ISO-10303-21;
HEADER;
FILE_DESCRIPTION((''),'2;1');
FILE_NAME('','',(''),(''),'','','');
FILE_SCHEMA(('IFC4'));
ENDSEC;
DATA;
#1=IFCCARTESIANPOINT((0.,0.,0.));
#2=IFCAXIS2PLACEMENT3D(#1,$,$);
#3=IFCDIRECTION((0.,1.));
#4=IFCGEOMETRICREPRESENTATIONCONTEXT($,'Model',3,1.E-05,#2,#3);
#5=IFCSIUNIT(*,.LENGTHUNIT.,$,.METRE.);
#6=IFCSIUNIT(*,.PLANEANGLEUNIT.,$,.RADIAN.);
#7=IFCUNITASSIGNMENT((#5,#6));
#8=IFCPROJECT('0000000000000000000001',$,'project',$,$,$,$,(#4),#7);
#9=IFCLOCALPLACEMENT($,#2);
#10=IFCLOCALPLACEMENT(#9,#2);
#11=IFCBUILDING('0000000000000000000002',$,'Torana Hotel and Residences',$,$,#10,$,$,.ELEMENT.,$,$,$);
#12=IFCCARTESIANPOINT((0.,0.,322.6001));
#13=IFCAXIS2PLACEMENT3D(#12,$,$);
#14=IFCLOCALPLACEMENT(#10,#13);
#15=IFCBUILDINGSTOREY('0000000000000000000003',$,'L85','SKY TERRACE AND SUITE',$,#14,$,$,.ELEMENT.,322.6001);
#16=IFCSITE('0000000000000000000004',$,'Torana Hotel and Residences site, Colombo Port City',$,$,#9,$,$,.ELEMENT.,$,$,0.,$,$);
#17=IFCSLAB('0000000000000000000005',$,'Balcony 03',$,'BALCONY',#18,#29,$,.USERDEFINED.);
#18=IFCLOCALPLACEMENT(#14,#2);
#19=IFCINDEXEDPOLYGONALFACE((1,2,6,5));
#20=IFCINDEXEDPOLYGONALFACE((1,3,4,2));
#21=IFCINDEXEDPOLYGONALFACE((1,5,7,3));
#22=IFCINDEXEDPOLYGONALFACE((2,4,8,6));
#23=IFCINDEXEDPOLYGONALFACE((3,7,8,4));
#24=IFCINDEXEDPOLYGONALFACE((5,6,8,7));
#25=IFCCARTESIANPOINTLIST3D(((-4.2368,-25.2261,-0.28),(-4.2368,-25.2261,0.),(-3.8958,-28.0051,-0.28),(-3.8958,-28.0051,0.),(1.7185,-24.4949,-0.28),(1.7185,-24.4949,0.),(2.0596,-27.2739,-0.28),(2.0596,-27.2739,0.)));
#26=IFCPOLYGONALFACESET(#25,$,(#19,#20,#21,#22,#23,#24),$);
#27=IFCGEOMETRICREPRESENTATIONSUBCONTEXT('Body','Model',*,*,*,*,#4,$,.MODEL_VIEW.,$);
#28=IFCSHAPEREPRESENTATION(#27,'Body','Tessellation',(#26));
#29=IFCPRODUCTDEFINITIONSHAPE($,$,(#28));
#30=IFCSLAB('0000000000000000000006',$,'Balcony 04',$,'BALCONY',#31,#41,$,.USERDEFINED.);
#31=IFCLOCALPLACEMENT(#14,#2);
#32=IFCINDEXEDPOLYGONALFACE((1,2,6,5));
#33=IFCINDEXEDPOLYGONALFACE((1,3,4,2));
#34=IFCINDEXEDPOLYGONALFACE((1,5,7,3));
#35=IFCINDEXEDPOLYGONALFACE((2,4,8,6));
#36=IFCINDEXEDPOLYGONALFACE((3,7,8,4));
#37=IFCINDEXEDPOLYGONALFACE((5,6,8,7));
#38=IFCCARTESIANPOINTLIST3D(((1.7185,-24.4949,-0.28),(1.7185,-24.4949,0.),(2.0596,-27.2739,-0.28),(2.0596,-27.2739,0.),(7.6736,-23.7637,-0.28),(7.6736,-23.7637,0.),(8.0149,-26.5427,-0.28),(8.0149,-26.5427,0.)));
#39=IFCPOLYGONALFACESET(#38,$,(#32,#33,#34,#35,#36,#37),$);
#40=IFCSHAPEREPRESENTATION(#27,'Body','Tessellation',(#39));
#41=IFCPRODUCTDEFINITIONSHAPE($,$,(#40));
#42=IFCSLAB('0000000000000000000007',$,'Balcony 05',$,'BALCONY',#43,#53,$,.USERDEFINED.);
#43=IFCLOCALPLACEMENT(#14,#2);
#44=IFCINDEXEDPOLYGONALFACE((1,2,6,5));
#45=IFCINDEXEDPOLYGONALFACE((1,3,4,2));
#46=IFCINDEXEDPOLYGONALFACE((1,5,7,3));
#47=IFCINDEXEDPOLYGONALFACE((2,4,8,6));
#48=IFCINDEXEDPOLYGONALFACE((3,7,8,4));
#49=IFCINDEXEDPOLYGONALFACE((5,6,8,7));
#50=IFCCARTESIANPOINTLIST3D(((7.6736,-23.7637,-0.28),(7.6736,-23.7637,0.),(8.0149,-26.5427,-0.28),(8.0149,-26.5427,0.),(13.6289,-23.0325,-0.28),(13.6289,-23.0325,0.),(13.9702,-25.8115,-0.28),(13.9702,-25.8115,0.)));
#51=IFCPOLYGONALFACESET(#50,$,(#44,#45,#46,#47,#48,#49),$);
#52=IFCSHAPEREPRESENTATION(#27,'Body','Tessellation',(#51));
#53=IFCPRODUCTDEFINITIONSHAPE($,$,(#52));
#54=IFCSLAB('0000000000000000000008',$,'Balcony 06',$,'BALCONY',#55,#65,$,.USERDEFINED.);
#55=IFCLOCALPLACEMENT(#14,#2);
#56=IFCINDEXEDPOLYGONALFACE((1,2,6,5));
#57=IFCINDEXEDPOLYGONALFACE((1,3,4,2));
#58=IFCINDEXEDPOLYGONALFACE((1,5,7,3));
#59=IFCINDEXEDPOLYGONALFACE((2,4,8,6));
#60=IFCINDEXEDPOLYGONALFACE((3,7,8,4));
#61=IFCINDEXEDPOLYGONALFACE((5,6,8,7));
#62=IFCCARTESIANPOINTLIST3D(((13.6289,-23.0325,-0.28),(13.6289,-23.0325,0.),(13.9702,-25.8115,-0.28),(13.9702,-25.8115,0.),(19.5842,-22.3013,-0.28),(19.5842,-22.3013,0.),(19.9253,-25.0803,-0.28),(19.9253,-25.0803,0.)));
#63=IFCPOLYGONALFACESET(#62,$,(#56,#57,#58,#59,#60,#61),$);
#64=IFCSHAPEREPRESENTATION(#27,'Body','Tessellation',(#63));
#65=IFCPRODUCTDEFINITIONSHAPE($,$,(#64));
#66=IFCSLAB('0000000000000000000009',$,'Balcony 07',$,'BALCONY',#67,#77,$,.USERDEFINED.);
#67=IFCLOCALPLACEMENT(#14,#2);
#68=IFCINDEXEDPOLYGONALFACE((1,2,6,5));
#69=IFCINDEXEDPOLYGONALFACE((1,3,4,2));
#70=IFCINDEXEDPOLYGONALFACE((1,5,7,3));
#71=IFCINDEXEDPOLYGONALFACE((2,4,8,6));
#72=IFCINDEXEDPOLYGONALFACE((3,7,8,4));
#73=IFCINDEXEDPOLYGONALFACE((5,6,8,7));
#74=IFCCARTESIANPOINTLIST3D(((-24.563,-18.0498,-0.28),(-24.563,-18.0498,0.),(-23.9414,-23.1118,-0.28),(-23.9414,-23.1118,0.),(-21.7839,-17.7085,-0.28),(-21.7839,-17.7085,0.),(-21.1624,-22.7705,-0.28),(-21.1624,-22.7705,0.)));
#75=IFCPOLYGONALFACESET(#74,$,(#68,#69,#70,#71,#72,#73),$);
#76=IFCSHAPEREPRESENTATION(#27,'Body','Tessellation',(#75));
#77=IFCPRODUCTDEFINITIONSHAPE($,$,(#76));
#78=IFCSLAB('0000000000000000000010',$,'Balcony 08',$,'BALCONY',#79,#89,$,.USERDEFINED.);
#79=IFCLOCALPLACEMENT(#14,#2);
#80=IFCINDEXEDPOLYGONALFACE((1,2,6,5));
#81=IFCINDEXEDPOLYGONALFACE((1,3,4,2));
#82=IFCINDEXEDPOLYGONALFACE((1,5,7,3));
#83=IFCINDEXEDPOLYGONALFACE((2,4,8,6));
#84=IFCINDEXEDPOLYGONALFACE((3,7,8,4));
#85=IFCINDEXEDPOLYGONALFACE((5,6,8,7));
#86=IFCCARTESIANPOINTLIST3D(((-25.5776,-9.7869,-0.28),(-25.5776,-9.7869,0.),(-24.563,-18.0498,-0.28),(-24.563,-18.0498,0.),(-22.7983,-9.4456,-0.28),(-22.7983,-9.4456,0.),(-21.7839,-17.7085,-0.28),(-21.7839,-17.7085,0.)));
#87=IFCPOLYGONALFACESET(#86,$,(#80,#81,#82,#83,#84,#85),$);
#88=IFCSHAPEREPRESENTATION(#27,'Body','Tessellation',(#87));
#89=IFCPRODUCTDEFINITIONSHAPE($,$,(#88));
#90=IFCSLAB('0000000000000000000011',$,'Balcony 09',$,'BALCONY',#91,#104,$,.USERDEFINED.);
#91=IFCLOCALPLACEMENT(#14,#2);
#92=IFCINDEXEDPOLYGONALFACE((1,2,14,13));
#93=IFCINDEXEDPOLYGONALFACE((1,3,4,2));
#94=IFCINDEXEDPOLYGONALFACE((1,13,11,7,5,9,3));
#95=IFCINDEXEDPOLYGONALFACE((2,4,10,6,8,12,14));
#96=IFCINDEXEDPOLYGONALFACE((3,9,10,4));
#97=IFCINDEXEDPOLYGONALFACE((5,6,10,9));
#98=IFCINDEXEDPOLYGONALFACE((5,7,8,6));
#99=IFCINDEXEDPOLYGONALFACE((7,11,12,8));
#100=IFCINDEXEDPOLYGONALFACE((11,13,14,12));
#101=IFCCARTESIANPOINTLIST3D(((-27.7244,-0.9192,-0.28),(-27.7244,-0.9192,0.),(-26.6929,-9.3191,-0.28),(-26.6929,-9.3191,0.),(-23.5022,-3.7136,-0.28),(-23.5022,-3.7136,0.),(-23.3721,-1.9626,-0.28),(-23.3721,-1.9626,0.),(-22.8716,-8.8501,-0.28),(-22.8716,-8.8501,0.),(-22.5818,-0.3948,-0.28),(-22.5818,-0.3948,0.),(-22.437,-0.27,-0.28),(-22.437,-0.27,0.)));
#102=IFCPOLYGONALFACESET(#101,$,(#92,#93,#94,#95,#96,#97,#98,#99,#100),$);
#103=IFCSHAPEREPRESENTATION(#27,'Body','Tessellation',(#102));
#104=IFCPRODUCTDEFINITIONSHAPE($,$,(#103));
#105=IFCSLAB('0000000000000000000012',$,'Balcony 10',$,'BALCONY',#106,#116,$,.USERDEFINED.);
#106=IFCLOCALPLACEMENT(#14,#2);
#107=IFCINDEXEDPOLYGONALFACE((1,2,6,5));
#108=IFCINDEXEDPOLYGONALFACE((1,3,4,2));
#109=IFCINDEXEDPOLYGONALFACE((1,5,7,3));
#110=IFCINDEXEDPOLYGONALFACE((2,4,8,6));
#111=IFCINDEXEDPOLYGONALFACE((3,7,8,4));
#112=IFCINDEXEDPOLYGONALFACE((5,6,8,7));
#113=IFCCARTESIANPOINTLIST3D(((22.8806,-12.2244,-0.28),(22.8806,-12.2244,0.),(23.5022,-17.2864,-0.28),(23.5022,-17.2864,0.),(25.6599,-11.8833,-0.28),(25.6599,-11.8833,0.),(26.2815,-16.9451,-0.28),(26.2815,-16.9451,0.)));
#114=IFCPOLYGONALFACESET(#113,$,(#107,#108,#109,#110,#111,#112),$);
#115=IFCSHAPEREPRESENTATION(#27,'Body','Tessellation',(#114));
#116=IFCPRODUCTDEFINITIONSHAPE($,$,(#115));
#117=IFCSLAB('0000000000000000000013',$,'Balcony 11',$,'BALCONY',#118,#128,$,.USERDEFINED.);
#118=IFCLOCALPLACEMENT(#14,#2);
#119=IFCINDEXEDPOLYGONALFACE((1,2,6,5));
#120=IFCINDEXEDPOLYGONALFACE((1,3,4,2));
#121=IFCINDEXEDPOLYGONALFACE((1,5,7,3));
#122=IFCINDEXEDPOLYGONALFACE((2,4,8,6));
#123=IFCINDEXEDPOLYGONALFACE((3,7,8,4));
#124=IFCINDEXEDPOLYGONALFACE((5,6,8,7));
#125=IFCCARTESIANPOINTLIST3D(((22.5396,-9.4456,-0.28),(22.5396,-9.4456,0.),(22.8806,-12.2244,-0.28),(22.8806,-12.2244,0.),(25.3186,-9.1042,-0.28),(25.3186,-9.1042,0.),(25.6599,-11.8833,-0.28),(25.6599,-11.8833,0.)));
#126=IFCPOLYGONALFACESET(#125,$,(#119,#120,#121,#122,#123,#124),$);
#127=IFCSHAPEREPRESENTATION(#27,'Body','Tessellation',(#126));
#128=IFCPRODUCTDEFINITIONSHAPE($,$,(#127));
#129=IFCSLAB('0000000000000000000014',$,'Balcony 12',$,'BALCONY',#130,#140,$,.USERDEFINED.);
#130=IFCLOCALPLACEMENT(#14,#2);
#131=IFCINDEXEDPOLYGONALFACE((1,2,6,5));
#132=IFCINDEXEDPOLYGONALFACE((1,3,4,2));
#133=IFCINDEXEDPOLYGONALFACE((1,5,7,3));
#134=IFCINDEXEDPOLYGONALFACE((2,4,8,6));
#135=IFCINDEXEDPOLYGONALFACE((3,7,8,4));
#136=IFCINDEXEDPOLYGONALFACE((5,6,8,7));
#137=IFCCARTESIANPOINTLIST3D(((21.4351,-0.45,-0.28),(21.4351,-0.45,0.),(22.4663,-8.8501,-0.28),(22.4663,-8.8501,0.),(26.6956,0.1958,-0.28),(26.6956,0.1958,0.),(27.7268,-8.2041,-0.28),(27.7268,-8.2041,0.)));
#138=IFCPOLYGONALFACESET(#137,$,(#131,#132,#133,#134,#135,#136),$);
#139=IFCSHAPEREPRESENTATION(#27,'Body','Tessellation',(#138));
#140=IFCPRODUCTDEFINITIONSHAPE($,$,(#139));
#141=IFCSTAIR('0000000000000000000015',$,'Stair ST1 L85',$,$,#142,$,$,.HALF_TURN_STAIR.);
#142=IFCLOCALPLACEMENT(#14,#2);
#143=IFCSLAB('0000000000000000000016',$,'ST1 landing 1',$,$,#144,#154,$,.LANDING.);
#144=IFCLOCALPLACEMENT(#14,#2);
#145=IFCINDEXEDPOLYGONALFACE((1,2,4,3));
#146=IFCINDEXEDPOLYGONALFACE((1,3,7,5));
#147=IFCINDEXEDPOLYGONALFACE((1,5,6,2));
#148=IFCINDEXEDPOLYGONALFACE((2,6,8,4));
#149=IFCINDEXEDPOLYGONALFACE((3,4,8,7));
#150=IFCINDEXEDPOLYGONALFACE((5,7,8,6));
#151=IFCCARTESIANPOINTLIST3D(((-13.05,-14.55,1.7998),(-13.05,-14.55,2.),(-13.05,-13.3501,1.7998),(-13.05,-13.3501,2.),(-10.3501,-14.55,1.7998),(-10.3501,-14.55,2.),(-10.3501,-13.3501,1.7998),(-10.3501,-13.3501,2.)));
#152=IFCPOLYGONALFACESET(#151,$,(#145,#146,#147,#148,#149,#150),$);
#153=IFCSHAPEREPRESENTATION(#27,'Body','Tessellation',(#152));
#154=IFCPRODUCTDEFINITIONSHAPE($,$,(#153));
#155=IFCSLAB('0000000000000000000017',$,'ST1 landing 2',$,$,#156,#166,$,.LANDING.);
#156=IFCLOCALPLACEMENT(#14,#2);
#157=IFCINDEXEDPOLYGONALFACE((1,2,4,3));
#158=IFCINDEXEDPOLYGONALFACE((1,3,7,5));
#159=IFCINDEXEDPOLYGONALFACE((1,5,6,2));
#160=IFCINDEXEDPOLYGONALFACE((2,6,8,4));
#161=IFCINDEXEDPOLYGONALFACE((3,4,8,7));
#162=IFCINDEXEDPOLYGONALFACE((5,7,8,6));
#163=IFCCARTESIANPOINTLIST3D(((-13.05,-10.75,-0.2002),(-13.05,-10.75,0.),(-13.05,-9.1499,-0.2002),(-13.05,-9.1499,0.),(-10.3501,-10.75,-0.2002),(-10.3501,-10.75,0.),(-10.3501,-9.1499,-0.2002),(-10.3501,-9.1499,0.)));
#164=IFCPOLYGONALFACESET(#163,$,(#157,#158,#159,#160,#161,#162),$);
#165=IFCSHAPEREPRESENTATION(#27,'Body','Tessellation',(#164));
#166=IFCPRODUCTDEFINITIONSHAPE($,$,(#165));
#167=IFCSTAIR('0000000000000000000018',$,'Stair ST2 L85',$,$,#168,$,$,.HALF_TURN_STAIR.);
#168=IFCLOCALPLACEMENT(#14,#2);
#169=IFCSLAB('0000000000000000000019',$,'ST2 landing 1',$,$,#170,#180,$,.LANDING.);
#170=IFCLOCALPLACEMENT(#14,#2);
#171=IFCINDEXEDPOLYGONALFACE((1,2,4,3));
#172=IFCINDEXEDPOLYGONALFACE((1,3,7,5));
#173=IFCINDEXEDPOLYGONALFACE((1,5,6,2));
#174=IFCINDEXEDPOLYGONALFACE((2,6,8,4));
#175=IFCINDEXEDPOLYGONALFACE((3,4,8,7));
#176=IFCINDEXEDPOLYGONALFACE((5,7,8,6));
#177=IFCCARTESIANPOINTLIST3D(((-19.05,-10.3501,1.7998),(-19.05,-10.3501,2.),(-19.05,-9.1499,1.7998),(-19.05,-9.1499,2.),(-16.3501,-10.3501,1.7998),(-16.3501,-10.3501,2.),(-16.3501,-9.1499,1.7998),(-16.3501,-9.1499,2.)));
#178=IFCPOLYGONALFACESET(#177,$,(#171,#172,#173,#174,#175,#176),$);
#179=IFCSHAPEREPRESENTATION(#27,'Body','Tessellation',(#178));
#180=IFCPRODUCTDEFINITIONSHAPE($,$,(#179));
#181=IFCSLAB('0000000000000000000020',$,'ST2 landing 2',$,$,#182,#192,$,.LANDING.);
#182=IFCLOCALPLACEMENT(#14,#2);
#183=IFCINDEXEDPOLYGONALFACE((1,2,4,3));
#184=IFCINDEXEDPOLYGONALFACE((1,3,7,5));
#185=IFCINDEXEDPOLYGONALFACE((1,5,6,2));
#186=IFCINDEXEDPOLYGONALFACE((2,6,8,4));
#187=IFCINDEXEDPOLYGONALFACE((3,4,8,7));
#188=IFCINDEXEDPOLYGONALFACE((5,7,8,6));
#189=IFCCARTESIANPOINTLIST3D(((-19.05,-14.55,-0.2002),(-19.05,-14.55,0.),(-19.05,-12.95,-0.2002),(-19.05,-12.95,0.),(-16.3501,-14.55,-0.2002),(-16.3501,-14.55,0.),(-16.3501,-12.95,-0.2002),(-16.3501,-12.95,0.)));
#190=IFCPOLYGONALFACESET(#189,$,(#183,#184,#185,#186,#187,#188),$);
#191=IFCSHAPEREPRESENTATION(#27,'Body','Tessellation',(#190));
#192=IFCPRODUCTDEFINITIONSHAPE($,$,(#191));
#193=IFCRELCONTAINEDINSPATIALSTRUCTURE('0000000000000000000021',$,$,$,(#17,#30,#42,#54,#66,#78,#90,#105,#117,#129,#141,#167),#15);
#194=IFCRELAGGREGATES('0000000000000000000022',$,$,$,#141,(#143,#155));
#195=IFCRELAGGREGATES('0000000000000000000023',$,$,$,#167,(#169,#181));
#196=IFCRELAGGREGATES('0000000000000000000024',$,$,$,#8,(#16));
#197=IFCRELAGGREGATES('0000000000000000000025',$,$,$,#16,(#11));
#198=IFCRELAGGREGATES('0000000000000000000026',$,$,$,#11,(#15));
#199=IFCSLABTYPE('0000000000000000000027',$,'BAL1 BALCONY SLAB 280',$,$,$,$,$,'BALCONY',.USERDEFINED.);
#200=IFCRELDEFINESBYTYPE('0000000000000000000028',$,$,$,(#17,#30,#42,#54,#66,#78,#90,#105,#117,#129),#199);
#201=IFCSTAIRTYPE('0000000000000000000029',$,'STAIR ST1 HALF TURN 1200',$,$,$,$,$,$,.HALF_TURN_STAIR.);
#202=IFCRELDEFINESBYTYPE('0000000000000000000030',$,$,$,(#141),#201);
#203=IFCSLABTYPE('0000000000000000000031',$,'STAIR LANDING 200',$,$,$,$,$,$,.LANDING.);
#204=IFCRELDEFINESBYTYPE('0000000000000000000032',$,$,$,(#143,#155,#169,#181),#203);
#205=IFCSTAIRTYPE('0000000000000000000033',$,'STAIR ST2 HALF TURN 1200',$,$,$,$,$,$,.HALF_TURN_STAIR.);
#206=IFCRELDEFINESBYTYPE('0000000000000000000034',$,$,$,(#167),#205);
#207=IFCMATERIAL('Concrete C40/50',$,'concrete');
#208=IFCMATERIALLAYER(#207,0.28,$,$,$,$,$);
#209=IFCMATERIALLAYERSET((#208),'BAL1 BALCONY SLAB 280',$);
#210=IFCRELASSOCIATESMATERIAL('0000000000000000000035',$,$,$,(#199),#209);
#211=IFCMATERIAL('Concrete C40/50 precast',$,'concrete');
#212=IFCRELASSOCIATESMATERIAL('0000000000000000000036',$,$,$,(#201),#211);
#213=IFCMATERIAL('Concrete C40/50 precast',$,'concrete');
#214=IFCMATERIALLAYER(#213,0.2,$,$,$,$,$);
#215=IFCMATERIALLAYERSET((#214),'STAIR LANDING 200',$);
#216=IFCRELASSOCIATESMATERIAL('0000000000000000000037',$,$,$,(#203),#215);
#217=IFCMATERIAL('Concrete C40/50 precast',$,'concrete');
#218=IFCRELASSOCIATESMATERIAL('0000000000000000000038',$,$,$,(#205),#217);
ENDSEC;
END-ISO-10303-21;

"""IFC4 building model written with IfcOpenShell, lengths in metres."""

from ifc_helpers import new_model, si_unit, direction, frame, origin, place, context, subcontext, project, spatial, polyline, outline, extrude, material, layer, layer_set, type_object, element, aggregate, save


model = new_model("IFC4")

# Units and contexts
model_context = context("Model", 3, precision=1e-05, world=origin(), true_north=direction((0.0, 1.0)))
body_context = subcontext(model_context, "Body", "Model", "MODEL_VIEW")
ifc_project = project(units=[si_unit("LENGTHUNIT", "METRE"), si_unit("PLANEANGLEUNIT", "RADIAN")], contexts=[model_context])

# Site, building, storey
site_placement = place(None, origin())
site = spatial("IfcSite", under=ifc_project, at=site_placement, Name="Torana Hotel and Residences site, Colombo Port City", CompositionType="ELEMENT", RefElevation=0.0)
building_placement = place(site_placement, origin())
building = spatial("IfcBuilding", under=site, at=building_placement, Name="Torana Hotel and Residences", CompositionType="ELEMENT")
storey_placement = place(building_placement, frame((0.0, 0.0, 322.6001)))
storey = spatial("IfcBuildingStorey", under=building, at=storey_placement, Name="L85", Description="SKY TERRACE AND SUITE", CompositionType="ELEMENT", Elevation=322.6001)

# Slabs
ifc_material_1 = material(Name="Concrete C40/50", Category="concrete")
ifc_layer_1 = layer(ifc_material_1, 0.28)
ifc_layer_set_1 = layer_set([ifc_layer_1], Name="BAL1 BALCONY SLAB 280")
slab_type_1 = type_object("IfcSlabType", Name="BAL1 BALCONY SLAB 280", ElementType="BALCONY", PredefinedType="USERDEFINED", material=ifc_layer_set_1)
slab_1_placement = place(storey_placement, frame((0.0, 0.0, -0.28)))
element("IfcSlab", 1, at=slab_1_placement, inside=storey, type_object=slab_type_1, Name="Balcony 03", ObjectType="BALCONY", PredefinedType="USERDEFINED", context=body_context, shape_type="SweptSolid", body=[
    extrude(outline(polyline([(-3.8958, -28.0051), (2.0596, -27.2739), (1.7185, -24.4949), (-4.2368, -25.2261), (-3.8958, -28.0051)])), origin(), (0.0, 0.0, 1.0), 0.28),
])
slab_2_placement = place(storey_placement, frame((0.0, 0.0, -0.28)))
element("IfcSlab", 2, at=slab_2_placement, inside=storey, type_object=slab_type_1, Name="Balcony 04", ObjectType="BALCONY", PredefinedType="USERDEFINED", context=body_context, shape_type="SweptSolid", body=[
    extrude(outline(polyline([(2.0596, -27.2739), (8.0149, -26.5427), (7.6736, -23.7637), (1.7185, -24.4949), (2.0596, -27.2739)])), origin(), (0.0, 0.0, 1.0), 0.28),
])
slab_3_placement = place(storey_placement, frame((0.0, 0.0, -0.28)))
element("IfcSlab", 3, at=slab_3_placement, inside=storey, type_object=slab_type_1, Name="Balcony 05", ObjectType="BALCONY", PredefinedType="USERDEFINED", context=body_context, shape_type="SweptSolid", body=[
    extrude(outline(polyline([(8.0149, -26.5427), (13.9702, -25.8115), (13.6289, -23.0325), (7.6736, -23.7637), (8.0149, -26.5427)])), origin(), (0.0, 0.0, 1.0), 0.28),
])
slab_4_placement = place(storey_placement, frame((0.0, 0.0, -0.28)))
element("IfcSlab", 4, at=slab_4_placement, inside=storey, type_object=slab_type_1, Name="Balcony 06", ObjectType="BALCONY", PredefinedType="USERDEFINED", context=body_context, shape_type="SweptSolid", body=[
    extrude(outline(polyline([(13.9702, -25.8115), (19.9253, -25.0803), (19.5842, -22.3013), (13.6289, -23.0325), (13.9702, -25.8115)])), origin(), (0.0, 0.0, 1.0), 0.28),
])
slab_5_placement = place(storey_placement, frame((0.0, 0.0, -0.28)))
element("IfcSlab", 5, at=slab_5_placement, inside=storey, type_object=slab_type_1, Name="Balcony 07", ObjectType="BALCONY", PredefinedType="USERDEFINED", context=body_context, shape_type="SweptSolid", body=[
    extrude(outline(polyline([(-23.9414, -23.1118), (-21.1624, -22.7705), (-21.7839, -17.7085), (-24.563, -18.0498), (-23.9414, -23.1118)])), origin(), (0.0, 0.0, 1.0), 0.28),
])
slab_6_placement = place(storey_placement, frame((0.0, 0.0, -0.28)))
element("IfcSlab", 6, at=slab_6_placement, inside=storey, type_object=slab_type_1, Name="Balcony 08", ObjectType="BALCONY", PredefinedType="USERDEFINED", context=body_context, shape_type="SweptSolid", body=[
    extrude(outline(polyline([(-24.563, -18.0498), (-21.7839, -17.7085), (-22.7983, -9.4456), (-25.5776, -9.7869), (-24.563, -18.0498)])), origin(), (0.0, 0.0, 1.0), 0.28),
])
slab_7_placement = place(storey_placement, frame((0.0, 0.0, -0.28)))
element("IfcSlab", 7, at=slab_7_placement, inside=storey, type_object=slab_type_1, Name="Balcony 09", ObjectType="BALCONY", PredefinedType="USERDEFINED", context=body_context, shape_type="SweptSolid", body=[
    extrude(outline(polyline([(-26.6929, -9.3191), (-22.8716, -8.8501), (-23.5022, -3.7136), (-23.3721, -1.9626), (-22.5818, -0.3948), (-22.437, -0.27), (-27.7244, -0.9192), (-26.6929, -9.3191)])), origin(), (0.0, 0.0, 1.0), 0.28),
])
slab_8_placement = place(storey_placement, frame((0.0, 0.0, -0.28)))
element("IfcSlab", 8, at=slab_8_placement, inside=storey, type_object=slab_type_1, Name="Balcony 10", ObjectType="BALCONY", PredefinedType="USERDEFINED", context=body_context, shape_type="SweptSolid", body=[
    extrude(outline(polyline([(23.5022, -17.2864), (26.2815, -16.9451), (25.6599, -11.8833), (22.8806, -12.2244), (23.5022, -17.2864)])), origin(), (0.0, 0.0, 1.0), 0.28),
])
slab_9_placement = place(storey_placement, frame((0.0, 0.0, -0.28)))
element("IfcSlab", 9, at=slab_9_placement, inside=storey, type_object=slab_type_1, Name="Balcony 11", ObjectType="BALCONY", PredefinedType="USERDEFINED", context=body_context, shape_type="SweptSolid", body=[
    extrude(outline(polyline([(22.8806, -12.2244), (25.6599, -11.8833), (25.3186, -9.1042), (22.5396, -9.4456), (22.8806, -12.2244)])), origin(), (0.0, 0.0, 1.0), 0.28),
])
slab_10_placement = place(storey_placement, frame((0.0, 0.0, -0.28)))
element("IfcSlab", 10, at=slab_10_placement, inside=storey, type_object=slab_type_1, Name="Balcony 12", ObjectType="BALCONY", PredefinedType="USERDEFINED", context=body_context, shape_type="SweptSolid", body=[
    extrude(outline(polyline([(22.4663, -8.8501), (27.7268, -8.2041), (26.6956, 0.1958), (21.4351, -0.45), (22.4663, -8.8501)])), origin(), (0.0, 0.0, 1.0), 0.28),
])

# Stairs, slabs
ifc_material_2 = material(Name="Concrete C40/50 precast", Category="concrete")
stair_type_1 = type_object("IfcStairType", Name="STAIR ST1 HALF TURN 1200", PredefinedType="HALF_TURN_STAIR", material=ifc_material_2)
stair_1_placement = place(storey_placement, origin())
stair_1 = element("IfcStair", 11, at=stair_1_placement, inside=storey, type_object=stair_type_1, Name="Stair ST1 L85", PredefinedType="HALF_TURN_STAIR")
ifc_material_3 = material(Name="Concrete C40/50 precast", Category="concrete")
ifc_layer_2 = layer(ifc_material_3, 0.2)
ifc_layer_set_2 = layer_set([ifc_layer_2], Name="STAIR LANDING 200")
slab_type_2 = type_object("IfcSlabType", Name="STAIR LANDING 200", PredefinedType="LANDING", material=ifc_layer_set_2)
slab_11_placement = place(storey_placement, frame((0.0, 0.0, 1.7998)))
slab_11 = element("IfcSlab", 12, at=slab_11_placement, type_object=slab_type_2, Name="ST1 landing 1", PredefinedType="LANDING", context=body_context, shape_type="SweptSolid", body=[
    extrude(outline(polyline([(-13.05, -14.55), (-10.3501, -14.55), (-10.3501, -13.3501), (-13.05, -13.3501), (-13.05, -14.55)])), origin(), (0.0, 0.0, 1.0), 0.2002),
])
slab_12_placement = place(storey_placement, frame((0.0, 0.0, -0.2002)))
slab_12 = element("IfcSlab", 13, at=slab_12_placement, type_object=slab_type_2, Name="ST1 landing 2", PredefinedType="LANDING", context=body_context, shape_type="SweptSolid", body=[
    extrude(outline(polyline([(-13.05, -10.75), (-10.3501, -10.75), (-10.3501, -9.1499), (-13.05, -9.1499), (-13.05, -10.75)])), origin(), (0.0, 0.0, 1.0), 0.2002),
])
aggregate(stair_1, [slab_11, slab_12])
ifc_material_4 = material(Name="Concrete C40/50 precast", Category="concrete")
stair_type_2 = type_object("IfcStairType", Name="STAIR ST2 HALF TURN 1200", PredefinedType="HALF_TURN_STAIR", material=ifc_material_4)
stair_2_placement = place(storey_placement, origin())
stair_2 = element("IfcStair", 14, at=stair_2_placement, inside=storey, type_object=stair_type_2, Name="Stair ST2 L85", PredefinedType="HALF_TURN_STAIR")
slab_13_placement = place(storey_placement, frame((0.0, 0.0, 1.7998)))
slab_13 = element("IfcSlab", 15, at=slab_13_placement, type_object=slab_type_2, Name="ST2 landing 1", PredefinedType="LANDING", context=body_context, shape_type="SweptSolid", body=[
    extrude(outline(polyline([(-19.05, -10.3501), (-16.3501, -10.3501), (-16.3501, -9.1499), (-19.05, -9.1499), (-19.05, -10.3501)])), origin(), (0.0, 0.0, 1.0), 0.2002),
])
slab_14_placement = place(storey_placement, frame((0.0, 0.0, -0.2002)))
slab_14 = element("IfcSlab", 16, at=slab_14_placement, type_object=slab_type_2, Name="ST2 landing 2", PredefinedType="LANDING", context=body_context, shape_type="SweptSolid", body=[
    extrude(outline(polyline([(-19.05, -14.55), (-16.3501, -14.55), (-16.3501, -12.95), (-19.05, -12.95), (-19.05, -14.55)])), origin(), (0.0, 0.0, 1.0), 0.2002),
])
aggregate(stair_2, [slab_13, slab_14])

save(model, "model.ifc")
